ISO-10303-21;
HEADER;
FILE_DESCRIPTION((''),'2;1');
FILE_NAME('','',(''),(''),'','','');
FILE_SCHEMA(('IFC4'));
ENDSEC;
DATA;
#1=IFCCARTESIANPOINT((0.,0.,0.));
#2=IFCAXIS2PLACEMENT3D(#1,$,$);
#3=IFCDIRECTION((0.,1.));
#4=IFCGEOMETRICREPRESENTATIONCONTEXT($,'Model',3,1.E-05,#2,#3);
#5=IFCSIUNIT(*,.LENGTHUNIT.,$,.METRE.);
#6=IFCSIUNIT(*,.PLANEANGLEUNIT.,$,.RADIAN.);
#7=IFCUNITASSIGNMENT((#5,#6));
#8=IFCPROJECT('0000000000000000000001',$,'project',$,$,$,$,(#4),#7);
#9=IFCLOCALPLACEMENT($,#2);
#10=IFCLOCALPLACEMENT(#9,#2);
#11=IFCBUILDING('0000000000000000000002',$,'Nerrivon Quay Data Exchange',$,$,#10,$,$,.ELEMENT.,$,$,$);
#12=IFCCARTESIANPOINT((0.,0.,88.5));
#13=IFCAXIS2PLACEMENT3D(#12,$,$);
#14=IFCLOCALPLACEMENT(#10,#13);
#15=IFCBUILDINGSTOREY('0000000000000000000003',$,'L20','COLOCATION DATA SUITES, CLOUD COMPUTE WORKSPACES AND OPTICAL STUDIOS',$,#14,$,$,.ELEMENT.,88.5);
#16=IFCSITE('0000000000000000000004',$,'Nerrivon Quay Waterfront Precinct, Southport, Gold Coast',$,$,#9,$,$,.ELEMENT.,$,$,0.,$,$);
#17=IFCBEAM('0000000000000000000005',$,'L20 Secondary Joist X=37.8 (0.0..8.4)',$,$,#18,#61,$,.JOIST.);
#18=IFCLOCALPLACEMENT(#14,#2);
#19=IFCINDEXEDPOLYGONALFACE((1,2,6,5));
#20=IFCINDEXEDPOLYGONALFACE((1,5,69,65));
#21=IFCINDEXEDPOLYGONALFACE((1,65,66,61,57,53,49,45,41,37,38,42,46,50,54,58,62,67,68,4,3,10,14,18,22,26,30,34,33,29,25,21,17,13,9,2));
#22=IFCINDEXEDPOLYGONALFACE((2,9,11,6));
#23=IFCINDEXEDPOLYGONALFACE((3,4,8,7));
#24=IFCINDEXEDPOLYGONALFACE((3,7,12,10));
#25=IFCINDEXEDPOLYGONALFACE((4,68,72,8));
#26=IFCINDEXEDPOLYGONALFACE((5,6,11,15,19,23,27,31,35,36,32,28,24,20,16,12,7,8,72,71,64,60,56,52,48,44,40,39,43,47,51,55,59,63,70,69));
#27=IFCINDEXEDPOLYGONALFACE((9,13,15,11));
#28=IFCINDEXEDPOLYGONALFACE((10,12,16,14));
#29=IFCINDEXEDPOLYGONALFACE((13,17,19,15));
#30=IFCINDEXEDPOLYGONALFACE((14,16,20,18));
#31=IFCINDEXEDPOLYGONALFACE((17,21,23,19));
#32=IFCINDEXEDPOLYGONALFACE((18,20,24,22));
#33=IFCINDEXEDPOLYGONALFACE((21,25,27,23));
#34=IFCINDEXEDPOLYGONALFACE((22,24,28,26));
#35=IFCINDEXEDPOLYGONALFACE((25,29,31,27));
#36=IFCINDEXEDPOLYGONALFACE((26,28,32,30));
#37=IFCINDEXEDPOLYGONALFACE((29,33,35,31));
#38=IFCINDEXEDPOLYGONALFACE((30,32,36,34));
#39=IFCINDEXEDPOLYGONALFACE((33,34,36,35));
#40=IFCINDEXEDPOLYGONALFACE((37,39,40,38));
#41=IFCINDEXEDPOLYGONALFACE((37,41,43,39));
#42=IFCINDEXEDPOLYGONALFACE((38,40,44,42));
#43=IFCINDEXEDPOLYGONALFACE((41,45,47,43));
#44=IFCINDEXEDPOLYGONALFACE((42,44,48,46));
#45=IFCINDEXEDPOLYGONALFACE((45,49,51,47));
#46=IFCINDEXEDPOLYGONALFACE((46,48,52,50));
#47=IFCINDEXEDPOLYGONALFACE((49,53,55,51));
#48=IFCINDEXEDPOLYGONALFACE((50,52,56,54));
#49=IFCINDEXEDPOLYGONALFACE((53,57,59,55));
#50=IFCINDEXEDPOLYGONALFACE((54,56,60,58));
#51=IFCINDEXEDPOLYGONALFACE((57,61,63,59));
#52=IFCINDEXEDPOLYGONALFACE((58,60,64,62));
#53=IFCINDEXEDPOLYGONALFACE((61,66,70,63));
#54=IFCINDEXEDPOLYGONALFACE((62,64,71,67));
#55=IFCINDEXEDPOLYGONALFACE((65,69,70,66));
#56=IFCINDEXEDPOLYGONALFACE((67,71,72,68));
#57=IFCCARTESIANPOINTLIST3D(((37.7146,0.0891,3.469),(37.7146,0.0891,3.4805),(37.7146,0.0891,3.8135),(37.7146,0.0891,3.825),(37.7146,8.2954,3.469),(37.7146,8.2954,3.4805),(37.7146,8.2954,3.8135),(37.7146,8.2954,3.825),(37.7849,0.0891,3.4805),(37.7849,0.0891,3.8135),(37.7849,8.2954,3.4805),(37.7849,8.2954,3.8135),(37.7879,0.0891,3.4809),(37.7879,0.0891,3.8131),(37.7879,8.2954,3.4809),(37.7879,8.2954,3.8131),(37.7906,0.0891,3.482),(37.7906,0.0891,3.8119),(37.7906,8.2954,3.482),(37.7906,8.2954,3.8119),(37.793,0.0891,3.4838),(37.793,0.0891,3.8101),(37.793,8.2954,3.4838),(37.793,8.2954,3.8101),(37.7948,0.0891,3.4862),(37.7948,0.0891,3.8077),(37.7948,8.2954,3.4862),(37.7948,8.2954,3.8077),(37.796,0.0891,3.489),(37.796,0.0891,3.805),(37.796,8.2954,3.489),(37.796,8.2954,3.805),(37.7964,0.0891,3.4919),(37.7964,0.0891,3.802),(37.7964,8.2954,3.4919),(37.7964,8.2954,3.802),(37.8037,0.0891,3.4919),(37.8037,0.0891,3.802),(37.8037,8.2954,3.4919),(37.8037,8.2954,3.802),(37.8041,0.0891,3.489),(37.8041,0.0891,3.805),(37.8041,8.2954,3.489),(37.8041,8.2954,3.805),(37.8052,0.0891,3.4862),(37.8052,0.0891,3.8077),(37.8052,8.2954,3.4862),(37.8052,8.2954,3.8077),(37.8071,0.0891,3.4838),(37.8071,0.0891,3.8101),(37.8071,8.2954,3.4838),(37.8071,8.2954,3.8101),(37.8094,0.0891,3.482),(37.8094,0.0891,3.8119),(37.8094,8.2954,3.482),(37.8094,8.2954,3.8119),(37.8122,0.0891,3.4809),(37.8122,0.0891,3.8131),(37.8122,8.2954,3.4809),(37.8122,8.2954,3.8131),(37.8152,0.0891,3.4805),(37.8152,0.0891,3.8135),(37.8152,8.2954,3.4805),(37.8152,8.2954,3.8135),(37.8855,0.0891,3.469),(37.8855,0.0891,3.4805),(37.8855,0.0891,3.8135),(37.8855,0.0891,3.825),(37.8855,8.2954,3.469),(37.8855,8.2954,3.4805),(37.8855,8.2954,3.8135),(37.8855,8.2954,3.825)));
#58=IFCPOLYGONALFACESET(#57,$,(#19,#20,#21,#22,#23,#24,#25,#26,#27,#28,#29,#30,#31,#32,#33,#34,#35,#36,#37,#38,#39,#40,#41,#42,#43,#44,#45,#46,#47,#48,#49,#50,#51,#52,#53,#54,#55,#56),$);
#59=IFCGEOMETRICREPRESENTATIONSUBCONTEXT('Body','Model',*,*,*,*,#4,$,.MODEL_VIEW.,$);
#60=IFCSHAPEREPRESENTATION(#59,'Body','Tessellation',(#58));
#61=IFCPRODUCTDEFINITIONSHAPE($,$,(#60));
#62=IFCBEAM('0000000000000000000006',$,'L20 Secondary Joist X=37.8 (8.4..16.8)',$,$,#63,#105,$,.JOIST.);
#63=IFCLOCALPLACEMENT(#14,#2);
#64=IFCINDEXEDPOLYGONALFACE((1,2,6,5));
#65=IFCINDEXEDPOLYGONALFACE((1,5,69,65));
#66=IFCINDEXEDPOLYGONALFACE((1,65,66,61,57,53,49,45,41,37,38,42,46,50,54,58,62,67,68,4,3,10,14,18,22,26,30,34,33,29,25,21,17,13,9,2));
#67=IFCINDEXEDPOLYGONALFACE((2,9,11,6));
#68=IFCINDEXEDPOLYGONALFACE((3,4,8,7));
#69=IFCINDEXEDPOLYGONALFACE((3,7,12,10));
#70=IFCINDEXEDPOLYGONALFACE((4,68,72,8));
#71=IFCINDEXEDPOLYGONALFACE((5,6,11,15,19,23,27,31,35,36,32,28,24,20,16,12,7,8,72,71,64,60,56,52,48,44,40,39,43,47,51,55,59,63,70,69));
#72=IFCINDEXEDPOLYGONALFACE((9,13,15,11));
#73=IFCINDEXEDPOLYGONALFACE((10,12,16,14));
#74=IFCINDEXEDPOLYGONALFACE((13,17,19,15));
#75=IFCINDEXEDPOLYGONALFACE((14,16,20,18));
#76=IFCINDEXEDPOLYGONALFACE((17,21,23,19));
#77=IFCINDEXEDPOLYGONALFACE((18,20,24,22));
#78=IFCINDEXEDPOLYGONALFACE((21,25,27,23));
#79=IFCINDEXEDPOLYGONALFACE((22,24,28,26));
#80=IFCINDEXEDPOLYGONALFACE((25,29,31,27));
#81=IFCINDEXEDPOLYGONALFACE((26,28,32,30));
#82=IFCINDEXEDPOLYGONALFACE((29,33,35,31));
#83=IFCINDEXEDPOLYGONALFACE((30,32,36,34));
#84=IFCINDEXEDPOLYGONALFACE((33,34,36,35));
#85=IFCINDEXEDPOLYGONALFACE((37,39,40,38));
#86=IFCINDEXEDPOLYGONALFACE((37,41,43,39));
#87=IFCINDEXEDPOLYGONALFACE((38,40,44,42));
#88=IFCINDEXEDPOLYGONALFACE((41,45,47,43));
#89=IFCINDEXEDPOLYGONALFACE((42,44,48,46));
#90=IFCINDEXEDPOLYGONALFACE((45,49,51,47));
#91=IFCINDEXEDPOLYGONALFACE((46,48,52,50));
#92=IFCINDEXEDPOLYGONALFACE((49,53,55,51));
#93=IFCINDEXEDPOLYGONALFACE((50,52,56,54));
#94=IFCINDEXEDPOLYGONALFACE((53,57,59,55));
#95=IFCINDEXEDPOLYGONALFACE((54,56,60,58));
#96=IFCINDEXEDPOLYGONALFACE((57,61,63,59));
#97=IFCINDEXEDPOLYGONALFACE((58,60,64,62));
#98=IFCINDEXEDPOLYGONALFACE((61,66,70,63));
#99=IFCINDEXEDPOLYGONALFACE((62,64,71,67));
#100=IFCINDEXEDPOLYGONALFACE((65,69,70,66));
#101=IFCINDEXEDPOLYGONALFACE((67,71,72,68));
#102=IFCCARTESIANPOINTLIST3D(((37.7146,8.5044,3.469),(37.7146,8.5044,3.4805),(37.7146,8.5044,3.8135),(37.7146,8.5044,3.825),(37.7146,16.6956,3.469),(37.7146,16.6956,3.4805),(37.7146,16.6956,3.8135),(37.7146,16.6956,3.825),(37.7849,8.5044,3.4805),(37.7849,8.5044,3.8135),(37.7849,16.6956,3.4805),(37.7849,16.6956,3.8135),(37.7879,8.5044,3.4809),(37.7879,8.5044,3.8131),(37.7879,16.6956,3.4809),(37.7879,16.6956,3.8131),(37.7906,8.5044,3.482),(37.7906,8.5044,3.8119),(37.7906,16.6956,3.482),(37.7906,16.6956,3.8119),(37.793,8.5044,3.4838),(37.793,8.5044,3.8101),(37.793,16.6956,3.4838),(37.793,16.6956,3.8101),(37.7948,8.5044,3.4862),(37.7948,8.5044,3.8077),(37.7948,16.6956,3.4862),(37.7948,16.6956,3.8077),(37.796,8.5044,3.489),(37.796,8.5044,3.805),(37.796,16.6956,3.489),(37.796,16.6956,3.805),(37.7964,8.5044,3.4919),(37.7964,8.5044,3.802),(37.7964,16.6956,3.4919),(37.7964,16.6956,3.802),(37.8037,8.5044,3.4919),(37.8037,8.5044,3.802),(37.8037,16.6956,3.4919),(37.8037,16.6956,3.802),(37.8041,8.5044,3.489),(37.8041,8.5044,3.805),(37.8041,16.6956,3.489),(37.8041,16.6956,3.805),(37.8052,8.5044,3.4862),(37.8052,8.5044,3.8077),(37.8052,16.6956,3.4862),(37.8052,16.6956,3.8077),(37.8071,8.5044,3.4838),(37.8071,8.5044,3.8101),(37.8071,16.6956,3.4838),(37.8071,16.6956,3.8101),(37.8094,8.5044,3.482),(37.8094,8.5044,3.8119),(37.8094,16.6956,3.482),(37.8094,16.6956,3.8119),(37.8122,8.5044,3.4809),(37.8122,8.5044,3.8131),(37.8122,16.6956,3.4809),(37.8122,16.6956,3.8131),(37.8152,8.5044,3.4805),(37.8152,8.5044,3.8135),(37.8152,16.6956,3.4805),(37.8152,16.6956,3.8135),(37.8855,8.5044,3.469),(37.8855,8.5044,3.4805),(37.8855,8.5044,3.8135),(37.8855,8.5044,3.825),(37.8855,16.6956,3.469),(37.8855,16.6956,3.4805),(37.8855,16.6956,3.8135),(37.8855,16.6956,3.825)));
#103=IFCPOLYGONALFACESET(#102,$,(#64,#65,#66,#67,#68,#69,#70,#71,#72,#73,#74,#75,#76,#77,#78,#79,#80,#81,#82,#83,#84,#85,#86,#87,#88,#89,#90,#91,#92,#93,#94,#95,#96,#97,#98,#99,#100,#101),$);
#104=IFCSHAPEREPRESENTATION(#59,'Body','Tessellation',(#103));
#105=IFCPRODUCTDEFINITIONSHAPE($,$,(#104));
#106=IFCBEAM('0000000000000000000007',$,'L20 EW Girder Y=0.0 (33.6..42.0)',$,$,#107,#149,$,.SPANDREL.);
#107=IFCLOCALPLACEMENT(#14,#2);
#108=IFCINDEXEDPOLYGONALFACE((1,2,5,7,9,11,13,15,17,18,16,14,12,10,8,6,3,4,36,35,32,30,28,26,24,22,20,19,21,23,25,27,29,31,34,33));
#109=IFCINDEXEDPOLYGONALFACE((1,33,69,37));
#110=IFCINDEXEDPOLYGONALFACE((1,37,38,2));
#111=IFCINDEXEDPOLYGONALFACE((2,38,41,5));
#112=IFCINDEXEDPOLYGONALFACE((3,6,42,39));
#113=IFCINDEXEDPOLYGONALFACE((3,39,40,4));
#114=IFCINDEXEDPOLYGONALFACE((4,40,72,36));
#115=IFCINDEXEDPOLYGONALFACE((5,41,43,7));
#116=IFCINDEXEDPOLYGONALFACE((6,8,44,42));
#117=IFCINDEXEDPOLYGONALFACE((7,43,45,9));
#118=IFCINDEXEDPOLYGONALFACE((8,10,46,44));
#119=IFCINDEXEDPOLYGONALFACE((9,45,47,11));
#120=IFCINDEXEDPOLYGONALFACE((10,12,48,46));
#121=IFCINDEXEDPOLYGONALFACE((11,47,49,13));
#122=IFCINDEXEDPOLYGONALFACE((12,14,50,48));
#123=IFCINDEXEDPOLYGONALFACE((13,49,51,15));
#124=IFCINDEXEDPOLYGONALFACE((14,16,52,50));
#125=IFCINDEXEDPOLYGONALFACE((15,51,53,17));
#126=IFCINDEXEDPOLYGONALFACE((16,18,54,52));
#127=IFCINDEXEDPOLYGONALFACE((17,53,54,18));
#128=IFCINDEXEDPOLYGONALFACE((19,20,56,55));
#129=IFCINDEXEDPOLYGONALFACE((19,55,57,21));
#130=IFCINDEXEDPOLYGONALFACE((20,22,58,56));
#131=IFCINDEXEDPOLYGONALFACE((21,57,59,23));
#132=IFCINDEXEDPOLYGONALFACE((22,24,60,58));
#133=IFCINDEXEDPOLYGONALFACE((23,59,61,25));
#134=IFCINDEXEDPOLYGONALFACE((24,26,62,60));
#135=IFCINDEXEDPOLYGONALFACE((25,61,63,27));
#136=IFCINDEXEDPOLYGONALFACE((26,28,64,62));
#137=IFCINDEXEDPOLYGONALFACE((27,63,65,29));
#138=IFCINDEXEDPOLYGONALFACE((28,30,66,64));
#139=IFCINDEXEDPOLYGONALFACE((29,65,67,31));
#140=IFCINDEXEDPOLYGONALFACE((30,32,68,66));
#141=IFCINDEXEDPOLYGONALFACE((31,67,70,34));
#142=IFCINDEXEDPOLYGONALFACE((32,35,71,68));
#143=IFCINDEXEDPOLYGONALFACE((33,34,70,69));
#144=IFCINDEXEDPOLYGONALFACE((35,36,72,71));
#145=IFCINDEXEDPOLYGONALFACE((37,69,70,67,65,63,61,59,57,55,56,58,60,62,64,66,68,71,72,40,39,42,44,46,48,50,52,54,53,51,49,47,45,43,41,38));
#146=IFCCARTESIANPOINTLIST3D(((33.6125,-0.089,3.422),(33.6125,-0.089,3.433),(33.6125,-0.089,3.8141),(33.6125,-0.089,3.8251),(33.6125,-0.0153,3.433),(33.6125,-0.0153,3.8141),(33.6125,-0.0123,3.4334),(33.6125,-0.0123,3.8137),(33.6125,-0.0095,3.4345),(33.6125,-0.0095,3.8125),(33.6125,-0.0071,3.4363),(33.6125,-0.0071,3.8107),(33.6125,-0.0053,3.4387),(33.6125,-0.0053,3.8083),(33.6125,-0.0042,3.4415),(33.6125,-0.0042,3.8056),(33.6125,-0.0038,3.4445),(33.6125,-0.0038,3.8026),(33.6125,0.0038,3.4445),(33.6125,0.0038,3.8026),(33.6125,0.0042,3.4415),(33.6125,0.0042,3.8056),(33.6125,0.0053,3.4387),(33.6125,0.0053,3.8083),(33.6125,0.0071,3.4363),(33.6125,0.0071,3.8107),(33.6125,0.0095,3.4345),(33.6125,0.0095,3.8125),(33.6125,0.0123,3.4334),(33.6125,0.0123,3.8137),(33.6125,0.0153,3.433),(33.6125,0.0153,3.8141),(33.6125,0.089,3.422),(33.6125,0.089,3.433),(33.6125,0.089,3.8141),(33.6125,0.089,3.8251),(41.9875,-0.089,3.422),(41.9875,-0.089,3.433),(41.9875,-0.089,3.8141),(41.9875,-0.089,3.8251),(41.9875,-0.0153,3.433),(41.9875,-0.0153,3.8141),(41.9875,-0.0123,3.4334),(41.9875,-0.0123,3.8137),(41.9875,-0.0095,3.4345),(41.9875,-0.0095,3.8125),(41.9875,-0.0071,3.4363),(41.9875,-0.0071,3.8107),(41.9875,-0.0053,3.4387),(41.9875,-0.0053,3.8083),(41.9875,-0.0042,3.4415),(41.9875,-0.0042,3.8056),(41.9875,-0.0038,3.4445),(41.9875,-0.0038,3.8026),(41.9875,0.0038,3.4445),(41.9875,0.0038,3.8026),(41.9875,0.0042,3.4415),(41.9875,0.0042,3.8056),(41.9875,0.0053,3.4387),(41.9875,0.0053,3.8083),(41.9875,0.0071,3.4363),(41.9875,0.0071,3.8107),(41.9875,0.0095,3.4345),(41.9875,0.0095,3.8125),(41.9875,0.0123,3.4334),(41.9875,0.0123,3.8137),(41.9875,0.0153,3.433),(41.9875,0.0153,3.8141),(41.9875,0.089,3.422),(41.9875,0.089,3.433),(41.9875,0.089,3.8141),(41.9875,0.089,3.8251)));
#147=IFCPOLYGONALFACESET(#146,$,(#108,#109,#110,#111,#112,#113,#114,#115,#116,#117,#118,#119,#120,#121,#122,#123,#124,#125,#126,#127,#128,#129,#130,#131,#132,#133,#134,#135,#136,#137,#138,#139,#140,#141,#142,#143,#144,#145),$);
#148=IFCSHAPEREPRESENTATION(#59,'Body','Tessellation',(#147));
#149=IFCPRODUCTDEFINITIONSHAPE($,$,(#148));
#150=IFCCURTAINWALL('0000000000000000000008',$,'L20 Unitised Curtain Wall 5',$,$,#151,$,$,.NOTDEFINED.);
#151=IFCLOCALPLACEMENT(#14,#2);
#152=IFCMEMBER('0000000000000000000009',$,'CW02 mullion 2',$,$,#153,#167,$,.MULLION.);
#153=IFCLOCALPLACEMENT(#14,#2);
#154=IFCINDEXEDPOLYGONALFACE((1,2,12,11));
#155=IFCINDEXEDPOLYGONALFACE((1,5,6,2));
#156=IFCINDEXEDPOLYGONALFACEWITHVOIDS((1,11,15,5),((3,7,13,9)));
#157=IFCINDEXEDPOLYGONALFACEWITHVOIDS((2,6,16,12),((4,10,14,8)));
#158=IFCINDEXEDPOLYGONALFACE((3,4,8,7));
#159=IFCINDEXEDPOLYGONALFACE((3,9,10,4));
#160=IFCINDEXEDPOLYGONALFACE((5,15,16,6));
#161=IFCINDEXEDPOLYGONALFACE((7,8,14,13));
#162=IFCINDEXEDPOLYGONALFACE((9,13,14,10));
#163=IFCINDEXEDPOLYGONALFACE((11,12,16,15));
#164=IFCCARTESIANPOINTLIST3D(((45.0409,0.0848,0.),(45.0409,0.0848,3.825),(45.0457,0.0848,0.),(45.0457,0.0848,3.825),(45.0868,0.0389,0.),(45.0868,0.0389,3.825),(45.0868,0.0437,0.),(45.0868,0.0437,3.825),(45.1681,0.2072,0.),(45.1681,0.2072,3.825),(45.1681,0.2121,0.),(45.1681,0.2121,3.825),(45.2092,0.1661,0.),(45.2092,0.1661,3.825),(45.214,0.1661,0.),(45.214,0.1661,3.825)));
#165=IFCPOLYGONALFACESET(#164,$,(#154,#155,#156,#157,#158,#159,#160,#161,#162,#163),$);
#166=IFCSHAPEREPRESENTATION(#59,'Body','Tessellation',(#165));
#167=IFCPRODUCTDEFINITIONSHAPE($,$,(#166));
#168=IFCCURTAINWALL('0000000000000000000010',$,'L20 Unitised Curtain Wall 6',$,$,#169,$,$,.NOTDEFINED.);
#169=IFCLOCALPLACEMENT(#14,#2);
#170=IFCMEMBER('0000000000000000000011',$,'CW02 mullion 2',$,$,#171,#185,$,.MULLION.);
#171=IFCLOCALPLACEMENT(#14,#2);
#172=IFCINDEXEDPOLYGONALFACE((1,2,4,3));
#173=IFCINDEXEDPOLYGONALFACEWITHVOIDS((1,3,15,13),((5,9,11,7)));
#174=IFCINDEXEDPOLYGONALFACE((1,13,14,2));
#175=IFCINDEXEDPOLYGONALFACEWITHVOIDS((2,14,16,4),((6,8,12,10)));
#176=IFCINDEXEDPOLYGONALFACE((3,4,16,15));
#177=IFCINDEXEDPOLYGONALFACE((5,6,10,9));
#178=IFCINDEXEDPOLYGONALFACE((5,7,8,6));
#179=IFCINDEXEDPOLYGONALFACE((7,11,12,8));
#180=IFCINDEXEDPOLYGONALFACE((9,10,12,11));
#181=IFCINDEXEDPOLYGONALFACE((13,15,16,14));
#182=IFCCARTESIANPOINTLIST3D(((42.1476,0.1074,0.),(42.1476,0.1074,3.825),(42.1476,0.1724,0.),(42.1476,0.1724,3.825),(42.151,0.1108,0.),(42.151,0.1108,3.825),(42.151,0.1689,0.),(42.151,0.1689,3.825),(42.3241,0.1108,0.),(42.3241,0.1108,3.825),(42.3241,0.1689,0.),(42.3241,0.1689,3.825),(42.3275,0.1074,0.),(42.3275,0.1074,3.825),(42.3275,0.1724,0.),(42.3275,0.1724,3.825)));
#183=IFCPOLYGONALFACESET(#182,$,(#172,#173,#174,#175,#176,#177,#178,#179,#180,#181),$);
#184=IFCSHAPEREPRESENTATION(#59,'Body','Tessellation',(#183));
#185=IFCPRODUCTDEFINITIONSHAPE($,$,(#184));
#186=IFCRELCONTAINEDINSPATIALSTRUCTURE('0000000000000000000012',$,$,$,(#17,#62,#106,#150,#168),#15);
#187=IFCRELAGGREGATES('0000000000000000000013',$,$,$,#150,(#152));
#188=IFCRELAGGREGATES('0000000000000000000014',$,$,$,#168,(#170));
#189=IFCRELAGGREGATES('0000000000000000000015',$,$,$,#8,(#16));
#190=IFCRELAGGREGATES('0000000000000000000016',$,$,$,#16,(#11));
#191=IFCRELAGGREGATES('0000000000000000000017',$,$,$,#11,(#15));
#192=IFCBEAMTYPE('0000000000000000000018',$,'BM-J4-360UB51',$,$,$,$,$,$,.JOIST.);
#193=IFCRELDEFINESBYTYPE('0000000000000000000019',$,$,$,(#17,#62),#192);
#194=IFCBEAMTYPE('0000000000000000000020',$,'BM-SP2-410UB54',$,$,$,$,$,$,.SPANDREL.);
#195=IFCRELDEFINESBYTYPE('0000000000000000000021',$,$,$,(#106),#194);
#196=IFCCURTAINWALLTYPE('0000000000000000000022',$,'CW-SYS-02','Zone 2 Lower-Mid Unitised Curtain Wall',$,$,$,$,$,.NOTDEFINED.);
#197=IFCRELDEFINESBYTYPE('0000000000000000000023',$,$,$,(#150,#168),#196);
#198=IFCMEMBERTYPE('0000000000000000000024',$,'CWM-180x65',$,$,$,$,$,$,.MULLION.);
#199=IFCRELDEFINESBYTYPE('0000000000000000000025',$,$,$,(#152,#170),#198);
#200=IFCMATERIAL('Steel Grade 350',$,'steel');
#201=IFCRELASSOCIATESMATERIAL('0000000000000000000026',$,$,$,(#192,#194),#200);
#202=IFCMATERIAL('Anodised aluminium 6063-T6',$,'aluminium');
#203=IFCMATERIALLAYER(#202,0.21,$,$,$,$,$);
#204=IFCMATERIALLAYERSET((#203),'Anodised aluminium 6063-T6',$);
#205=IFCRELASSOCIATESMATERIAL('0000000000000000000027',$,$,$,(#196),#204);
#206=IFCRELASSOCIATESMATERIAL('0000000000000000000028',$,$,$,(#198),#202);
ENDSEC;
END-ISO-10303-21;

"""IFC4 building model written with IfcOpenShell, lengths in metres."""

from ifc_helpers import new_model, si_unit, direction, frame, origin, origin_2d, place, context, subcontext, project, spatial, hollow_rectangle, i_section, extrude, material, layer, layer_set, material_profile, profile_set, type_object, element, aggregate, save


model = new_model("IFC4")

# Units and contexts
model_context = context("Model", 3, precision=1e-05, world=origin(), true_north=direction((0.0, 1.0)))
body_context = subcontext(model_context, "Body", "Model", "MODEL_VIEW")
ifc_project = project(units=[si_unit("LENGTHUNIT", "METRE"), si_unit("PLANEANGLEUNIT", "RADIAN")], contexts=[model_context])

# Site, building, storey
site_placement = place(None, origin())
site = spatial("IfcSite", under=ifc_project, at=site_placement, Name="Nerrivon Quay Waterfront Precinct, Southport, Gold Coast", CompositionType="ELEMENT", RefElevation=0.0)
building_placement = place(site_placement, origin())
building = spatial("IfcBuilding", under=site, at=building_placement, Name="Nerrivon Quay Data Exchange", CompositionType="ELEMENT")
storey_placement = place(building_placement, frame((0.0, 0.0, 88.5)))
storey = spatial("IfcBuildingStorey", under=building, at=storey_placement, Name="L20", Description="COLOCATION DATA SUITES, CLOUD COMPUTE WORKSPACES AND OPTICAL STUDIOS", CompositionType="ELEMENT", Elevation=88.5)

# Shared definitions
ifc_material_1 = material(Name="Steel Grade 350", Category="steel")

# Beams
ifc_material_profile_1 = material_profile(ifc_material_1, i_section(OverallWidth=0.1709, OverallDepth=0.356, WebThickness=0.0073, FlangeThickness=0.0115, FilletRadius=0.0115, at=origin_2d()), Name="360UB50.7")
ifc_profile_set_1 = profile_set([ifc_material_profile_1], Name="Steel Grade 350")
beam_type_1 = type_object("IfcBeamType", Name="BM-J4-360UB51", PredefinedType="JOIST", material=ifc_profile_set_1)
beam_1_placement = place(storey_placement, frame((37.8, 0.0891, 3.647), z_axis=(0.0, 1.0, 0.0), x_axis=(-1.0, 0.0, 0.0)))
element("IfcBeam", 1, at=beam_1_placement, inside=storey, type_object=beam_type_1, Name="L20 Secondary Joist X=37.8 (0.0..8.4)", PredefinedType="JOIST", context=body_context, shape_type="SweptSolid", body=[
    extrude(i_section(OverallWidth=0.1709, OverallDepth=0.356, WebThickness=0.0073, FlangeThickness=0.0115, FilletRadius=0.0115, at=origin_2d()), origin(), (0.0, 0.0, 1.0), 8.2063),
])
beam_2_placement = place(storey_placement, frame((37.8, 8.5044, 3.647), z_axis=(0.0, 1.0, 0.0), x_axis=(-1.0, 0.0, 0.0)))
element("IfcBeam", 2, at=beam_2_placement, inside=storey, type_object=beam_type_1, Name="L20 Secondary Joist X=37.8 (8.4..16.8)", PredefinedType="JOIST", context=body_context, shape_type="SweptSolid", body=[
    extrude(i_section(OverallWidth=0.1709, OverallDepth=0.356, WebThickness=0.0073, FlangeThickness=0.0115, FilletRadius=0.0115, at=origin_2d()), origin(), (0.0, 0.0, 1.0), 8.1912),
])
ifc_material_profile_2 = material_profile(ifc_material_1, i_section(OverallWidth=0.178, OverallDepth=0.4031, WebThickness=0.0076, FlangeThickness=0.011, FilletRadius=0.0115, at=origin_2d()), Name="410UB53.7")
ifc_profile_set_2 = profile_set([ifc_material_profile_2], Name="Steel Grade 350")
beam_type_2 = type_object("IfcBeamType", Name="BM-SP2-410UB54", PredefinedType="SPANDREL", material=ifc_profile_set_2)
beam_3_placement = place(storey_placement, frame((33.6125, 0.0, 3.6235), z_axis=(1.0, 0.0, 0.0), x_axis=(0.0, 1.0, 0.0)))
element("IfcBeam", 3, at=beam_3_placement, inside=storey, type_object=beam_type_2, Name="L20 EW Girder Y=0.0 (33.6..42.0)", PredefinedType="SPANDREL", context=body_context, shape_type="SweptSolid", body=[
    extrude(i_section(OverallWidth=0.178, OverallDepth=0.4031, WebThickness=0.0076, FlangeThickness=0.011, FilletRadius=0.0115, at=origin_2d()), origin(), (0.0, 0.0, 1.0), 8.375),
])

# Curtain walls, members
ifc_material_2 = material(Name="Anodised aluminium 6063-T6", Category="aluminium")
ifc_layer_1 = layer(ifc_material_2, 0.21)
ifc_layer_set_1 = layer_set([ifc_layer_1], Name="Anodised aluminium 6063-T6")
curtain_wall_type = type_object("IfcCurtainWallType", Name="CW-SYS-02", Description="Zone 2 Lower-Mid Unitised Curtain Wall", PredefinedType="NOTDEFINED", material=ifc_layer_set_1)
curtain_wall_1_placement = place(storey_placement, origin())
curtain_wall_1 = element("IfcCurtainWall", 4, at=curtain_wall_1_placement, inside=storey, type_object=curtain_wall_type, Name="L20 Unitised Curtain Wall 5", PredefinedType="NOTDEFINED")
ifc_material_profile_3 = material_profile(ifc_material_2, hollow_rectangle(XDim=0.0649, YDim=0.1799, WallThickness=0.0034, at=origin_2d()), Name="ALU-MULL-180x65")
ifc_profile_set_3 = profile_set([ifc_material_profile_3], Name="Anodised aluminium 6063-T6")
member_type_1 = type_object("IfcMemberType", Name="CWM-180x65", PredefinedType="MULLION", material=ifc_profile_set_3)
member_1_placement = place(storey_placement, frame((45.1274, 0.1255, 0.0), z_axis=(0.0, 0.0, 1.0), x_axis=(0.707107, -0.707107, 0.0)))
member_1 = element("IfcMember", 5, at=member_1_placement, type_object=member_type_1, Name="CW02 mullion 2", PredefinedType="MULLION", context=body_context, shape_type="SweptSolid", body=[
    extrude(hollow_rectangle(XDim=0.0649, YDim=0.1799, WallThickness=0.0034, at=origin_2d()), origin(), (0.0, 0.0, 1.0), 3.825),
])
aggregate(curtain_wall_1, [member_1])
curtain_wall_2_placement = place(storey_placement, origin())
curtain_wall_2 = element("IfcCurtainWall", 6, at=curtain_wall_2_placement, inside=storey, type_object=curtain_wall_type, Name="L20 Unitised Curtain Wall 6", PredefinedType="NOTDEFINED")
member_2_placement = place(storey_placement, frame((42.2375, 0.1399, 0.0), z_axis=(0.0, 0.0, 1.0), x_axis=(0.0, -1.0, 0.0)))
member_2 = element("IfcMember", 7, at=member_2_placement, type_object=member_type_1, Name="CW02 mullion 2", PredefinedType="MULLION", context=body_context, shape_type="SweptSolid", body=[
    extrude(hollow_rectangle(XDim=0.0649, YDim=0.1799, WallThickness=0.0034, at=origin_2d()), origin(), (0.0, 0.0, 1.0), 3.825),
])

aggregate(curtain_wall_2, [member_2])

save(model, "model.ifc")
